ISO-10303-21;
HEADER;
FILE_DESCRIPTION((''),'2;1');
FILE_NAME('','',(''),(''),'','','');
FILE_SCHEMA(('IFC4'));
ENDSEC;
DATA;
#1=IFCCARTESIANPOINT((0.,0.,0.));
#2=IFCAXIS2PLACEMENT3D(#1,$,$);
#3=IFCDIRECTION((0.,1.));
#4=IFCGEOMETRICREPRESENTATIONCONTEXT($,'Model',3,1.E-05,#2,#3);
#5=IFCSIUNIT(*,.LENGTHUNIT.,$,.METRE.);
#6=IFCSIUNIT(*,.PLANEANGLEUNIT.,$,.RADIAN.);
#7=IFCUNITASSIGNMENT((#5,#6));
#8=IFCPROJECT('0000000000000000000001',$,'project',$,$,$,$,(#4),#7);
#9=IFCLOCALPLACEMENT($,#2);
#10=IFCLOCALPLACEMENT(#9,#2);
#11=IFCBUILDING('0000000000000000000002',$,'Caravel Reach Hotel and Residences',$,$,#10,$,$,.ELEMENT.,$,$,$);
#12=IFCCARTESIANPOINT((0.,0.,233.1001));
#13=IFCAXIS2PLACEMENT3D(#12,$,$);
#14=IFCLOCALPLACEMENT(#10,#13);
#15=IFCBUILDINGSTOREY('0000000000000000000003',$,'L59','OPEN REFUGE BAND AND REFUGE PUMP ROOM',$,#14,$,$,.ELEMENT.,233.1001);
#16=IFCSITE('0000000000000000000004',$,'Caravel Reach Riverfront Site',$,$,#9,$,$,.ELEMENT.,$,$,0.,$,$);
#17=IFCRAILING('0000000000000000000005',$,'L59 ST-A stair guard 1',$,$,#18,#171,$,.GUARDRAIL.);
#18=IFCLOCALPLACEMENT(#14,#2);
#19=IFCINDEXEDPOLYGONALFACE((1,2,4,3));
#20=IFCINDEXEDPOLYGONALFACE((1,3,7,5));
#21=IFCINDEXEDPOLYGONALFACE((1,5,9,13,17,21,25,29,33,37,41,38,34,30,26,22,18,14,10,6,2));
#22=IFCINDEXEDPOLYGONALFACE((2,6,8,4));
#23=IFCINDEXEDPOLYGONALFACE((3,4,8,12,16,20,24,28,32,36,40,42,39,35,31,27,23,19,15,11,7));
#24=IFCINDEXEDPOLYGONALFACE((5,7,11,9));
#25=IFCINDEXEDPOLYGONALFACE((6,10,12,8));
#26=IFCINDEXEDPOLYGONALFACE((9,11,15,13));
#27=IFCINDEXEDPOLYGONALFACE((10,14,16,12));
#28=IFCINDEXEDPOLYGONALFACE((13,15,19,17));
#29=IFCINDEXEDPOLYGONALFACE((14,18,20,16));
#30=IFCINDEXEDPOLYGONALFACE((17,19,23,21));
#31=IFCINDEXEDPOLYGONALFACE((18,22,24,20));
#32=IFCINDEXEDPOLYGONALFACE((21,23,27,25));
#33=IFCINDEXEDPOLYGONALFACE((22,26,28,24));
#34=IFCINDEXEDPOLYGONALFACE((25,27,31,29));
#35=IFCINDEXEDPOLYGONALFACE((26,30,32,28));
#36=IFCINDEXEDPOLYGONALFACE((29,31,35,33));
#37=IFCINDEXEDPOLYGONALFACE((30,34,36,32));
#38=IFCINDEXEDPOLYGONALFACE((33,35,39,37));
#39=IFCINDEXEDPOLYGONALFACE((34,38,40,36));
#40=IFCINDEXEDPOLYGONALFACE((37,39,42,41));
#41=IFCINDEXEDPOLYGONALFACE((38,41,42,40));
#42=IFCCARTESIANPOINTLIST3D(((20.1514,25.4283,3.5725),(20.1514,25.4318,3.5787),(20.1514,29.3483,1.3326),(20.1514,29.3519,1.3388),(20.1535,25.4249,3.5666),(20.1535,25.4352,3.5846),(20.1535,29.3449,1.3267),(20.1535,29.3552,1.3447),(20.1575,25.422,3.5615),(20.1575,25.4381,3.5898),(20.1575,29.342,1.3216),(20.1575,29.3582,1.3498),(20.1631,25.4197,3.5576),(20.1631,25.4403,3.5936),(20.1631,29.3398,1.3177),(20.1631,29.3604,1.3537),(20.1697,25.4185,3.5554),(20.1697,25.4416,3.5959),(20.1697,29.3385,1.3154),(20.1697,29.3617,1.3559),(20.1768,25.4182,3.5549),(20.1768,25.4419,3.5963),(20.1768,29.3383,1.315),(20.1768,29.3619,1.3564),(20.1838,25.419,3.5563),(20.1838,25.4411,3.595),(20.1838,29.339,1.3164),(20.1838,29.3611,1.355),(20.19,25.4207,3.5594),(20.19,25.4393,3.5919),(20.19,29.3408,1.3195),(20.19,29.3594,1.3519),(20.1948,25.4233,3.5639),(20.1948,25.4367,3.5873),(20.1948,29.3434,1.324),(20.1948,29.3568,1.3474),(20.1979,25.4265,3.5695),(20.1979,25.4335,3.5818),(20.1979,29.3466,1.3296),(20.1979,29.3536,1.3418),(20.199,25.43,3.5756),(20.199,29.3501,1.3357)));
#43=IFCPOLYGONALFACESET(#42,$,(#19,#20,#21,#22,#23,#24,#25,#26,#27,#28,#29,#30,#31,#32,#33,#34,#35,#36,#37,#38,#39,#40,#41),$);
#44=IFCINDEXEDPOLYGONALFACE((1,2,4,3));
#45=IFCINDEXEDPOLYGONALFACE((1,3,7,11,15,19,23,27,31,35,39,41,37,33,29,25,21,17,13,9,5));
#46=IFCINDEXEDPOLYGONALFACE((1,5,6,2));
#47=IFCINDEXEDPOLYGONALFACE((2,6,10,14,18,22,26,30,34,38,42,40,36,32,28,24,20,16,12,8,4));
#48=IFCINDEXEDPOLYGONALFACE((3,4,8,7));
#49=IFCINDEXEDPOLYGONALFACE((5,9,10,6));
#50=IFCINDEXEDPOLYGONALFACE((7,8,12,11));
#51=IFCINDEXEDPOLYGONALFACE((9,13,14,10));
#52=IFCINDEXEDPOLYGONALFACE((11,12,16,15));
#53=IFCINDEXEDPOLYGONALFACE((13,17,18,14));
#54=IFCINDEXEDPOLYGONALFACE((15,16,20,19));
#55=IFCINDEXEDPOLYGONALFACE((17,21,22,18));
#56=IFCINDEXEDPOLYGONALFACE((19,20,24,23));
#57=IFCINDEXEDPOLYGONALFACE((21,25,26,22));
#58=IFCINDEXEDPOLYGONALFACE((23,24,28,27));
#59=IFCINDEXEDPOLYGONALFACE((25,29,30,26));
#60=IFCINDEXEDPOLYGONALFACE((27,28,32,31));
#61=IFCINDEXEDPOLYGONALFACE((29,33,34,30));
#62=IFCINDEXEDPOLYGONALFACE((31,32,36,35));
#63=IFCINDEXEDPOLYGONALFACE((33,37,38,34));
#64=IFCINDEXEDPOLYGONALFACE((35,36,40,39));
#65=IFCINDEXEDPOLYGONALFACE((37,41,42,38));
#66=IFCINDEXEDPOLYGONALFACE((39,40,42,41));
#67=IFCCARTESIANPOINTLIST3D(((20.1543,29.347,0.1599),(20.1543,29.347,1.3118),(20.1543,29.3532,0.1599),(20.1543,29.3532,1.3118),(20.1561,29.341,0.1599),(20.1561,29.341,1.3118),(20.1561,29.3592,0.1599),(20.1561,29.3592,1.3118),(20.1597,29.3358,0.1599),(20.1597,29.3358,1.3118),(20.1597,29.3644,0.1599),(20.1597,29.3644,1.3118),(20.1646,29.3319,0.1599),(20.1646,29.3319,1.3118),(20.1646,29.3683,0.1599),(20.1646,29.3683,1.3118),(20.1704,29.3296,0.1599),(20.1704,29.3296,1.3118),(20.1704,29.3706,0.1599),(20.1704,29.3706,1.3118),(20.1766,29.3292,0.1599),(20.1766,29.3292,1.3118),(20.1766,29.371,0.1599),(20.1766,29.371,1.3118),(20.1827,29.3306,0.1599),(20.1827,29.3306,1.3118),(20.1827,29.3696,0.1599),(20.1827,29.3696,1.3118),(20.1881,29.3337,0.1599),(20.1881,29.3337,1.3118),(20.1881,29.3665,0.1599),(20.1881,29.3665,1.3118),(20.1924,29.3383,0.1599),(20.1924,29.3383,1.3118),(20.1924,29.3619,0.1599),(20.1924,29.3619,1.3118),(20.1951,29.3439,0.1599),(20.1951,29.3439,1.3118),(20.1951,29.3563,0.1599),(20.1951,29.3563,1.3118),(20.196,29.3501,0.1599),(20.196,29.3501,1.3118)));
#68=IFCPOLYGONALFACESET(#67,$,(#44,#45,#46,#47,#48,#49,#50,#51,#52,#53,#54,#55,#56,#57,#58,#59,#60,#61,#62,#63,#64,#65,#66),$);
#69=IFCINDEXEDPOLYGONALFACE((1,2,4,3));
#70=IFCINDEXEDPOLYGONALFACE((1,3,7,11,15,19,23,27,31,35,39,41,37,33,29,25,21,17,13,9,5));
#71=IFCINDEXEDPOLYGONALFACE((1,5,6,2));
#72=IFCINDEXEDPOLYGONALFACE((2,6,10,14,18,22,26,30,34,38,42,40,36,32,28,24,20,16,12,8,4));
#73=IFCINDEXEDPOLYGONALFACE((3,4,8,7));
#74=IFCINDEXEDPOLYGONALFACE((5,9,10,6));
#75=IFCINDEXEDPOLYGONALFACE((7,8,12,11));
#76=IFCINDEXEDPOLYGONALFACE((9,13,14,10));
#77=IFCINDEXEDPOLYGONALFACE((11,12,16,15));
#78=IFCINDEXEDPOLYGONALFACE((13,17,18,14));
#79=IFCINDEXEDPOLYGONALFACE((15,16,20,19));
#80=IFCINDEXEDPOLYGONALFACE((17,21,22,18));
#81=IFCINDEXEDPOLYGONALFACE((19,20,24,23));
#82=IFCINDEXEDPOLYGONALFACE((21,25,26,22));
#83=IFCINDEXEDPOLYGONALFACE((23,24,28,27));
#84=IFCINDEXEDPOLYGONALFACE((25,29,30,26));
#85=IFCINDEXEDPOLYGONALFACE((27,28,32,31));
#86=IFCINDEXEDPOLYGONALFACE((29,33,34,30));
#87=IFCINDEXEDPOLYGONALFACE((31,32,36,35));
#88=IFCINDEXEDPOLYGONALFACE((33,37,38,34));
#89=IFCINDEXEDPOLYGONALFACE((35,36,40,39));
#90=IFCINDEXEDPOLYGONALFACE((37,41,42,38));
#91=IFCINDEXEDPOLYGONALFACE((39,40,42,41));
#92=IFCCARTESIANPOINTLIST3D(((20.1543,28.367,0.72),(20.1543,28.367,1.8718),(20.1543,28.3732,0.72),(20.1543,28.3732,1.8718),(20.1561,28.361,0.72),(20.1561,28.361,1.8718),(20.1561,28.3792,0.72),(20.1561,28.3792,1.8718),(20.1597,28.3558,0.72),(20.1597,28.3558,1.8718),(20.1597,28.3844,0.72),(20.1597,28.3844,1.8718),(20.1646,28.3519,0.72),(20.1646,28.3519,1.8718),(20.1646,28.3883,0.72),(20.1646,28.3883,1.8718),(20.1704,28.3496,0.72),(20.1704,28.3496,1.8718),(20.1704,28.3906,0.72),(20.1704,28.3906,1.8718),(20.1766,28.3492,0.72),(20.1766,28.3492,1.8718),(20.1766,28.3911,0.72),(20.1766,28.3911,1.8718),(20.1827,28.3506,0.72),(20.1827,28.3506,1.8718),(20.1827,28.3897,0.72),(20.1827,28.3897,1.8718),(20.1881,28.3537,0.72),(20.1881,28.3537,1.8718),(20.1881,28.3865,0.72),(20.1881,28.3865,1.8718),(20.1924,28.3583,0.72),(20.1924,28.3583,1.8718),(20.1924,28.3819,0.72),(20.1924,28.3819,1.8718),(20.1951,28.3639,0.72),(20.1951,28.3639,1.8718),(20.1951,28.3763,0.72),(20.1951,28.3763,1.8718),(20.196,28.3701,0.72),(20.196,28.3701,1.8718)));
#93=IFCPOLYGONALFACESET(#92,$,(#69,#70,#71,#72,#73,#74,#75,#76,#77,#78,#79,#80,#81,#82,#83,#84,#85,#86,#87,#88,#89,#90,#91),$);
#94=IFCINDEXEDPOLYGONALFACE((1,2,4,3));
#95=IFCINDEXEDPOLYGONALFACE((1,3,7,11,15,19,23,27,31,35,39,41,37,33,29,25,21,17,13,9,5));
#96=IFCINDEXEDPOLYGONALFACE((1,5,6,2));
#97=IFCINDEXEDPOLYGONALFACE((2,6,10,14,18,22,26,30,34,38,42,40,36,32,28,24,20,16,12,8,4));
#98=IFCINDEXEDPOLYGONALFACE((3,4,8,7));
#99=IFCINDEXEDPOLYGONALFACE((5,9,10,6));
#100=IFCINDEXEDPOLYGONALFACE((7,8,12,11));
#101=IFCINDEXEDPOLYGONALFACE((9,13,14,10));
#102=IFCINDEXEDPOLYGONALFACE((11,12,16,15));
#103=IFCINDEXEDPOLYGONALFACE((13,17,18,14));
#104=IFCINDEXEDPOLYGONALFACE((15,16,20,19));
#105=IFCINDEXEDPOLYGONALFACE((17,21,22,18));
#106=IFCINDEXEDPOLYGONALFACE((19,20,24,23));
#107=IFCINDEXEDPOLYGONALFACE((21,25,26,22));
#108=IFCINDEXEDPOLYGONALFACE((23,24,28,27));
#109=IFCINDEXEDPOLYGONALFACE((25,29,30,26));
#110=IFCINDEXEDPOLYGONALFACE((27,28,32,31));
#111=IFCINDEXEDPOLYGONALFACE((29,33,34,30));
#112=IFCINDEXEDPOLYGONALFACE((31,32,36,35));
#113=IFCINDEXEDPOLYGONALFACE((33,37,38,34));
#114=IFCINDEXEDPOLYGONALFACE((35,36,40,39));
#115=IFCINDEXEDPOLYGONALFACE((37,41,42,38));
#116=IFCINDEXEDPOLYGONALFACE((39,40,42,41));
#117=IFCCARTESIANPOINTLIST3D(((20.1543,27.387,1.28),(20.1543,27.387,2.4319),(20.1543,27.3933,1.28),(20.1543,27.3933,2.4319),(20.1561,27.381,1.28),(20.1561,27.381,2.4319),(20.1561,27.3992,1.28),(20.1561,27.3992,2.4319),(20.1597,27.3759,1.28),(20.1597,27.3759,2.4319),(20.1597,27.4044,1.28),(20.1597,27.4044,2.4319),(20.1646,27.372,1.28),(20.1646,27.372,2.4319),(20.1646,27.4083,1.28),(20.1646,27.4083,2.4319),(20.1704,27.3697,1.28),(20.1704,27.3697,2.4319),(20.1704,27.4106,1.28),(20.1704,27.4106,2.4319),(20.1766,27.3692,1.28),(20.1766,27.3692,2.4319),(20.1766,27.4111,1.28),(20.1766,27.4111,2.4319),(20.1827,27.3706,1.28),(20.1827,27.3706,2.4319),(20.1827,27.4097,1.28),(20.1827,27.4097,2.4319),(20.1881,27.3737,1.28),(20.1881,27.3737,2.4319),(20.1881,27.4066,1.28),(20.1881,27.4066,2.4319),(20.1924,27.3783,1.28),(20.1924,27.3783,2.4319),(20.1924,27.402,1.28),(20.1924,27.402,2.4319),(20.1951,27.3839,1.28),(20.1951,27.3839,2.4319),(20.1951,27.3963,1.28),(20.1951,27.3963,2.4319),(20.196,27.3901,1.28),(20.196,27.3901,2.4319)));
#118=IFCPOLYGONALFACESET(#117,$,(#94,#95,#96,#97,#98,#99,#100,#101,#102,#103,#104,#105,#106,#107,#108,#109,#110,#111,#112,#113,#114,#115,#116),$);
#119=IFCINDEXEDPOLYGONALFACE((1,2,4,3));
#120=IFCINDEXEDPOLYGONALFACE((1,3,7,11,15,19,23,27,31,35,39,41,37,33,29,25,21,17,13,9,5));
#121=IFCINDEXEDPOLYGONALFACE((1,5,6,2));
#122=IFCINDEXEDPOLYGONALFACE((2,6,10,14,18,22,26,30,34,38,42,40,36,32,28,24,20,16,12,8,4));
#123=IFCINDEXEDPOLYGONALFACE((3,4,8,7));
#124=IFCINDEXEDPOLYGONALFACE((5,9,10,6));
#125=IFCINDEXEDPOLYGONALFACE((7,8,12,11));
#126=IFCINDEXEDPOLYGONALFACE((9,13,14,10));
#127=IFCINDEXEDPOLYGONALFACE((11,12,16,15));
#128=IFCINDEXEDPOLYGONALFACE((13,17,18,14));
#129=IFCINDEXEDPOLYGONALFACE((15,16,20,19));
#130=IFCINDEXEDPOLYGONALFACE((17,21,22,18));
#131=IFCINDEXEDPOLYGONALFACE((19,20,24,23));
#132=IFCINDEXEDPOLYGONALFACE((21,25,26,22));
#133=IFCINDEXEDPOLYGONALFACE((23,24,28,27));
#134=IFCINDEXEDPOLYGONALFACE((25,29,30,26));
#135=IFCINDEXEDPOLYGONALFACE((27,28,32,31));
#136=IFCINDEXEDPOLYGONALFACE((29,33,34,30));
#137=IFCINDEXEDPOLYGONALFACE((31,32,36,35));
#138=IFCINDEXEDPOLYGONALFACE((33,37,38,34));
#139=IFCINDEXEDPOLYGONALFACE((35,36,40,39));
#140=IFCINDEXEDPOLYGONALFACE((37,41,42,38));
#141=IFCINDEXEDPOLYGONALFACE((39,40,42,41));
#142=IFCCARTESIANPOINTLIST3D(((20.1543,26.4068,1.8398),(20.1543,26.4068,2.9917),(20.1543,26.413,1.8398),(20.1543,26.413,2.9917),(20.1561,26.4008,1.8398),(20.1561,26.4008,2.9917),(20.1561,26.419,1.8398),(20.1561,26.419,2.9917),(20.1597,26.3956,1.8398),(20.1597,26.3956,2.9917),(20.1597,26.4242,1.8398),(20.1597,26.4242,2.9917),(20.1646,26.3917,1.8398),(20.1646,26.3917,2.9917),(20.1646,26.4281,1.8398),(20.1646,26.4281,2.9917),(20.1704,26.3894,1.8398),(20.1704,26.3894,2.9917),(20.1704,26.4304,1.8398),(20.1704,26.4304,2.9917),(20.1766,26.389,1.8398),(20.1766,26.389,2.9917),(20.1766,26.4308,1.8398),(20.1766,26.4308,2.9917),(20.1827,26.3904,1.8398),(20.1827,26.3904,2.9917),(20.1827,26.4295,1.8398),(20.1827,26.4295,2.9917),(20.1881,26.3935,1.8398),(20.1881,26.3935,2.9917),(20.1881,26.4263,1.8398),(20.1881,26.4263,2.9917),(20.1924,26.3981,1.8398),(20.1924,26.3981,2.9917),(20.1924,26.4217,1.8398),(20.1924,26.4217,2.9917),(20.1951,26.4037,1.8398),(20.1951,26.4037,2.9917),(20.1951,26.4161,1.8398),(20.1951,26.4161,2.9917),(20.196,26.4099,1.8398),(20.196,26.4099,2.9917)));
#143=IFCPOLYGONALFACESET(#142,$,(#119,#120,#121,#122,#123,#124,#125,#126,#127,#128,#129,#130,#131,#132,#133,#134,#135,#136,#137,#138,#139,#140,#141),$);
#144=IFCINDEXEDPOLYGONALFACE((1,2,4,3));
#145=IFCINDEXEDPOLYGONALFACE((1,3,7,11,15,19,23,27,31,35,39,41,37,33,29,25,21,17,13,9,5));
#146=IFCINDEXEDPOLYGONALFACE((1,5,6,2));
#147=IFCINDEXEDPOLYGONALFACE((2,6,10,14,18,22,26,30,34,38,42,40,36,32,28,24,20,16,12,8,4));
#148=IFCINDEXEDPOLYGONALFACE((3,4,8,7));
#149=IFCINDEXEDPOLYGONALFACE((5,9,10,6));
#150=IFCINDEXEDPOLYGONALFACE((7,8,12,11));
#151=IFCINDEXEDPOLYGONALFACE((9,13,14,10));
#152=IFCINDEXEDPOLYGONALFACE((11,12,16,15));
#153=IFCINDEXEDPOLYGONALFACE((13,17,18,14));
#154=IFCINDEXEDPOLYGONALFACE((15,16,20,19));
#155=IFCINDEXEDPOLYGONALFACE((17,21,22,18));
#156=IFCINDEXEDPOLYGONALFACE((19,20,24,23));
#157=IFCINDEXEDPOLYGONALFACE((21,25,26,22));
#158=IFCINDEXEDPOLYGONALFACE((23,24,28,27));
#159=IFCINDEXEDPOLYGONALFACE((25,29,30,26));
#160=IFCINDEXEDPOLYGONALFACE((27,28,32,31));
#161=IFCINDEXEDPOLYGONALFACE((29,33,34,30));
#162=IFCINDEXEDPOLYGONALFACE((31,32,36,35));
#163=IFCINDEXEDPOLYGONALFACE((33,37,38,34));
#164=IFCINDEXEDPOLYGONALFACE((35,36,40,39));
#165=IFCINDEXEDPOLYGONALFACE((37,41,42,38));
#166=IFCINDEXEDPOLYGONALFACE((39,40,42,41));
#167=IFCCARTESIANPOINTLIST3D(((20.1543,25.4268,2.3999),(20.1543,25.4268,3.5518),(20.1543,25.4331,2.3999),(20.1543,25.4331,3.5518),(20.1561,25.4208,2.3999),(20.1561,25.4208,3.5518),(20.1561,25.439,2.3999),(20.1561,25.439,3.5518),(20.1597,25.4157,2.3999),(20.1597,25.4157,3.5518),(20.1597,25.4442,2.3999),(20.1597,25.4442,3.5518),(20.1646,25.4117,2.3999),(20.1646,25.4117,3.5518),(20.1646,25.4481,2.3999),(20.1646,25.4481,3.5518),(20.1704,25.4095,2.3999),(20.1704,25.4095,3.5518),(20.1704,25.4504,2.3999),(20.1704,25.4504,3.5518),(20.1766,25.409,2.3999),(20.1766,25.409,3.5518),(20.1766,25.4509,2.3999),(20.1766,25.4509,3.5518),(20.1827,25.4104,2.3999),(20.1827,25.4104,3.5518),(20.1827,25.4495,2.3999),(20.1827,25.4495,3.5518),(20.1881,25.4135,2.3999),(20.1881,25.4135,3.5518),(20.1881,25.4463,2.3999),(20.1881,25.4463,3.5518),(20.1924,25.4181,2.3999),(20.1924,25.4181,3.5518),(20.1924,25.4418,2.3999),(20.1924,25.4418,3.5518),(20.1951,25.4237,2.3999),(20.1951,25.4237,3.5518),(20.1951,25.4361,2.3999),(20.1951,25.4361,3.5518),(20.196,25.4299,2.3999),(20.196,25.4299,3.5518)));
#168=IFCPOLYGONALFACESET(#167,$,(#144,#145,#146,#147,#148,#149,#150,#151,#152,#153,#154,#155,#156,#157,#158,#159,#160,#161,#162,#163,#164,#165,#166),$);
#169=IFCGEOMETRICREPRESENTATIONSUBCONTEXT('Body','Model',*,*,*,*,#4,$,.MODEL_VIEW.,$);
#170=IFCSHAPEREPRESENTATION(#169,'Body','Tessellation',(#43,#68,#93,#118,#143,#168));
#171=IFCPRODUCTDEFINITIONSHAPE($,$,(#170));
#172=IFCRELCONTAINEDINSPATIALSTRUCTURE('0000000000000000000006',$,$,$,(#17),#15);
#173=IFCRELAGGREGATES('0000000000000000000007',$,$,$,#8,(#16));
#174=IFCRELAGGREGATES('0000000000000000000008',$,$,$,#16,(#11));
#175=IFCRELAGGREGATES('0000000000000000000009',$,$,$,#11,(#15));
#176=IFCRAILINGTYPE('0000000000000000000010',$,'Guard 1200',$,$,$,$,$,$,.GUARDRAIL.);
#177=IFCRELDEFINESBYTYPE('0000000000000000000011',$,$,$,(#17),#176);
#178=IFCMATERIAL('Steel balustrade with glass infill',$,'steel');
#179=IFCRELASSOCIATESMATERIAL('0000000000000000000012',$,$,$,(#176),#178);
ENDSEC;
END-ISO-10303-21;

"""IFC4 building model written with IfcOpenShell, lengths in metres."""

from ifc_helpers import new_model, si_unit, direction, frame, origin, origin_2d, place, context, subcontext, project, spatial, circle, extrude, material, type_object, element, save


model = new_model("IFC4")

# Units and contexts
model_context = context("Model", 3, precision=1e-05, world=origin(), true_north=direction((0.0, 1.0)))
body_context = subcontext(model_context, "Body", "Model", "MODEL_VIEW")
ifc_project = project(units=[si_unit("LENGTHUNIT", "METRE"), si_unit("PLANEANGLEUNIT", "RADIAN")], contexts=[model_context])

# Site, building, storey
site_placement = place(None, origin())
site = spatial("IfcSite", under=ifc_project, at=site_placement, Name="Caravel Reach Riverfront Site", CompositionType="ELEMENT", RefElevation=0.0)
building_placement = place(site_placement, origin())
building = spatial("IfcBuilding", under=site, at=building_placement, Name="Caravel Reach Hotel and Residences", CompositionType="ELEMENT")
storey_placement = place(building_placement, frame((0.0, 0.0, 233.1001)))
storey = spatial("IfcBuildingStorey", under=building, at=storey_placement, Name="L59", Description="OPEN REFUGE BAND AND REFUGE PUMP ROOM", CompositionType="ELEMENT", Elevation=233.1001)

# Railing
ifc_material_1 = material(Name="Steel balustrade with glass infill", Category="steel")
railing_type_1 = type_object("IfcRailingType", Name="Guard 1200", PredefinedType="GUARDRAIL", material=ifc_material_1)
railing_1_placement = place(storey_placement, frame((20.175, 29.3501, 0.1599)))
element("IfcRailing", 1, at=railing_1_placement, inside=storey, type_object=railing_type_1, Name="L59 ST-A stair guard 1", PredefinedType="GUARDRAIL", context=body_context, shape_type="SweptSolid", body=[
    extrude(circle(Radius=0.0239, at=origin_2d()), frame((0.0, 0.0, 1.1758), z_axis=(0.0, -0.868253, 0.496121), x_axis=(1.0, 0.0, 0.0)), (0.0, 0.0, 1.0), 4.5149),
    extrude(circle(Radius=0.021, at=origin_2d()), origin(), (0.0, 0.0, 1.0), 1.1519),
    extrude(circle(Radius=0.021, at=origin_2d()), frame((0.0, -0.98, 0.5601)), (0.0, 0.0, 1.0), 1.1519),
    extrude(circle(Radius=0.021, at=origin_2d()), frame((0.0, -1.96, 1.1201)), (0.0, 0.0, 1.0), 1.1519),
    extrude(circle(Radius=0.021, at=origin_2d()), frame((0.0, -2.9402, 1.6799)), (0.0, 0.0, 1.0), 1.1519),
    extrude(circle(Radius=0.021, at=origin_2d()), frame((0.0, -3.9202, 2.24)), (0.0, 0.0, 1.0), 1.1519),
])

save(model, "model.ifc")
